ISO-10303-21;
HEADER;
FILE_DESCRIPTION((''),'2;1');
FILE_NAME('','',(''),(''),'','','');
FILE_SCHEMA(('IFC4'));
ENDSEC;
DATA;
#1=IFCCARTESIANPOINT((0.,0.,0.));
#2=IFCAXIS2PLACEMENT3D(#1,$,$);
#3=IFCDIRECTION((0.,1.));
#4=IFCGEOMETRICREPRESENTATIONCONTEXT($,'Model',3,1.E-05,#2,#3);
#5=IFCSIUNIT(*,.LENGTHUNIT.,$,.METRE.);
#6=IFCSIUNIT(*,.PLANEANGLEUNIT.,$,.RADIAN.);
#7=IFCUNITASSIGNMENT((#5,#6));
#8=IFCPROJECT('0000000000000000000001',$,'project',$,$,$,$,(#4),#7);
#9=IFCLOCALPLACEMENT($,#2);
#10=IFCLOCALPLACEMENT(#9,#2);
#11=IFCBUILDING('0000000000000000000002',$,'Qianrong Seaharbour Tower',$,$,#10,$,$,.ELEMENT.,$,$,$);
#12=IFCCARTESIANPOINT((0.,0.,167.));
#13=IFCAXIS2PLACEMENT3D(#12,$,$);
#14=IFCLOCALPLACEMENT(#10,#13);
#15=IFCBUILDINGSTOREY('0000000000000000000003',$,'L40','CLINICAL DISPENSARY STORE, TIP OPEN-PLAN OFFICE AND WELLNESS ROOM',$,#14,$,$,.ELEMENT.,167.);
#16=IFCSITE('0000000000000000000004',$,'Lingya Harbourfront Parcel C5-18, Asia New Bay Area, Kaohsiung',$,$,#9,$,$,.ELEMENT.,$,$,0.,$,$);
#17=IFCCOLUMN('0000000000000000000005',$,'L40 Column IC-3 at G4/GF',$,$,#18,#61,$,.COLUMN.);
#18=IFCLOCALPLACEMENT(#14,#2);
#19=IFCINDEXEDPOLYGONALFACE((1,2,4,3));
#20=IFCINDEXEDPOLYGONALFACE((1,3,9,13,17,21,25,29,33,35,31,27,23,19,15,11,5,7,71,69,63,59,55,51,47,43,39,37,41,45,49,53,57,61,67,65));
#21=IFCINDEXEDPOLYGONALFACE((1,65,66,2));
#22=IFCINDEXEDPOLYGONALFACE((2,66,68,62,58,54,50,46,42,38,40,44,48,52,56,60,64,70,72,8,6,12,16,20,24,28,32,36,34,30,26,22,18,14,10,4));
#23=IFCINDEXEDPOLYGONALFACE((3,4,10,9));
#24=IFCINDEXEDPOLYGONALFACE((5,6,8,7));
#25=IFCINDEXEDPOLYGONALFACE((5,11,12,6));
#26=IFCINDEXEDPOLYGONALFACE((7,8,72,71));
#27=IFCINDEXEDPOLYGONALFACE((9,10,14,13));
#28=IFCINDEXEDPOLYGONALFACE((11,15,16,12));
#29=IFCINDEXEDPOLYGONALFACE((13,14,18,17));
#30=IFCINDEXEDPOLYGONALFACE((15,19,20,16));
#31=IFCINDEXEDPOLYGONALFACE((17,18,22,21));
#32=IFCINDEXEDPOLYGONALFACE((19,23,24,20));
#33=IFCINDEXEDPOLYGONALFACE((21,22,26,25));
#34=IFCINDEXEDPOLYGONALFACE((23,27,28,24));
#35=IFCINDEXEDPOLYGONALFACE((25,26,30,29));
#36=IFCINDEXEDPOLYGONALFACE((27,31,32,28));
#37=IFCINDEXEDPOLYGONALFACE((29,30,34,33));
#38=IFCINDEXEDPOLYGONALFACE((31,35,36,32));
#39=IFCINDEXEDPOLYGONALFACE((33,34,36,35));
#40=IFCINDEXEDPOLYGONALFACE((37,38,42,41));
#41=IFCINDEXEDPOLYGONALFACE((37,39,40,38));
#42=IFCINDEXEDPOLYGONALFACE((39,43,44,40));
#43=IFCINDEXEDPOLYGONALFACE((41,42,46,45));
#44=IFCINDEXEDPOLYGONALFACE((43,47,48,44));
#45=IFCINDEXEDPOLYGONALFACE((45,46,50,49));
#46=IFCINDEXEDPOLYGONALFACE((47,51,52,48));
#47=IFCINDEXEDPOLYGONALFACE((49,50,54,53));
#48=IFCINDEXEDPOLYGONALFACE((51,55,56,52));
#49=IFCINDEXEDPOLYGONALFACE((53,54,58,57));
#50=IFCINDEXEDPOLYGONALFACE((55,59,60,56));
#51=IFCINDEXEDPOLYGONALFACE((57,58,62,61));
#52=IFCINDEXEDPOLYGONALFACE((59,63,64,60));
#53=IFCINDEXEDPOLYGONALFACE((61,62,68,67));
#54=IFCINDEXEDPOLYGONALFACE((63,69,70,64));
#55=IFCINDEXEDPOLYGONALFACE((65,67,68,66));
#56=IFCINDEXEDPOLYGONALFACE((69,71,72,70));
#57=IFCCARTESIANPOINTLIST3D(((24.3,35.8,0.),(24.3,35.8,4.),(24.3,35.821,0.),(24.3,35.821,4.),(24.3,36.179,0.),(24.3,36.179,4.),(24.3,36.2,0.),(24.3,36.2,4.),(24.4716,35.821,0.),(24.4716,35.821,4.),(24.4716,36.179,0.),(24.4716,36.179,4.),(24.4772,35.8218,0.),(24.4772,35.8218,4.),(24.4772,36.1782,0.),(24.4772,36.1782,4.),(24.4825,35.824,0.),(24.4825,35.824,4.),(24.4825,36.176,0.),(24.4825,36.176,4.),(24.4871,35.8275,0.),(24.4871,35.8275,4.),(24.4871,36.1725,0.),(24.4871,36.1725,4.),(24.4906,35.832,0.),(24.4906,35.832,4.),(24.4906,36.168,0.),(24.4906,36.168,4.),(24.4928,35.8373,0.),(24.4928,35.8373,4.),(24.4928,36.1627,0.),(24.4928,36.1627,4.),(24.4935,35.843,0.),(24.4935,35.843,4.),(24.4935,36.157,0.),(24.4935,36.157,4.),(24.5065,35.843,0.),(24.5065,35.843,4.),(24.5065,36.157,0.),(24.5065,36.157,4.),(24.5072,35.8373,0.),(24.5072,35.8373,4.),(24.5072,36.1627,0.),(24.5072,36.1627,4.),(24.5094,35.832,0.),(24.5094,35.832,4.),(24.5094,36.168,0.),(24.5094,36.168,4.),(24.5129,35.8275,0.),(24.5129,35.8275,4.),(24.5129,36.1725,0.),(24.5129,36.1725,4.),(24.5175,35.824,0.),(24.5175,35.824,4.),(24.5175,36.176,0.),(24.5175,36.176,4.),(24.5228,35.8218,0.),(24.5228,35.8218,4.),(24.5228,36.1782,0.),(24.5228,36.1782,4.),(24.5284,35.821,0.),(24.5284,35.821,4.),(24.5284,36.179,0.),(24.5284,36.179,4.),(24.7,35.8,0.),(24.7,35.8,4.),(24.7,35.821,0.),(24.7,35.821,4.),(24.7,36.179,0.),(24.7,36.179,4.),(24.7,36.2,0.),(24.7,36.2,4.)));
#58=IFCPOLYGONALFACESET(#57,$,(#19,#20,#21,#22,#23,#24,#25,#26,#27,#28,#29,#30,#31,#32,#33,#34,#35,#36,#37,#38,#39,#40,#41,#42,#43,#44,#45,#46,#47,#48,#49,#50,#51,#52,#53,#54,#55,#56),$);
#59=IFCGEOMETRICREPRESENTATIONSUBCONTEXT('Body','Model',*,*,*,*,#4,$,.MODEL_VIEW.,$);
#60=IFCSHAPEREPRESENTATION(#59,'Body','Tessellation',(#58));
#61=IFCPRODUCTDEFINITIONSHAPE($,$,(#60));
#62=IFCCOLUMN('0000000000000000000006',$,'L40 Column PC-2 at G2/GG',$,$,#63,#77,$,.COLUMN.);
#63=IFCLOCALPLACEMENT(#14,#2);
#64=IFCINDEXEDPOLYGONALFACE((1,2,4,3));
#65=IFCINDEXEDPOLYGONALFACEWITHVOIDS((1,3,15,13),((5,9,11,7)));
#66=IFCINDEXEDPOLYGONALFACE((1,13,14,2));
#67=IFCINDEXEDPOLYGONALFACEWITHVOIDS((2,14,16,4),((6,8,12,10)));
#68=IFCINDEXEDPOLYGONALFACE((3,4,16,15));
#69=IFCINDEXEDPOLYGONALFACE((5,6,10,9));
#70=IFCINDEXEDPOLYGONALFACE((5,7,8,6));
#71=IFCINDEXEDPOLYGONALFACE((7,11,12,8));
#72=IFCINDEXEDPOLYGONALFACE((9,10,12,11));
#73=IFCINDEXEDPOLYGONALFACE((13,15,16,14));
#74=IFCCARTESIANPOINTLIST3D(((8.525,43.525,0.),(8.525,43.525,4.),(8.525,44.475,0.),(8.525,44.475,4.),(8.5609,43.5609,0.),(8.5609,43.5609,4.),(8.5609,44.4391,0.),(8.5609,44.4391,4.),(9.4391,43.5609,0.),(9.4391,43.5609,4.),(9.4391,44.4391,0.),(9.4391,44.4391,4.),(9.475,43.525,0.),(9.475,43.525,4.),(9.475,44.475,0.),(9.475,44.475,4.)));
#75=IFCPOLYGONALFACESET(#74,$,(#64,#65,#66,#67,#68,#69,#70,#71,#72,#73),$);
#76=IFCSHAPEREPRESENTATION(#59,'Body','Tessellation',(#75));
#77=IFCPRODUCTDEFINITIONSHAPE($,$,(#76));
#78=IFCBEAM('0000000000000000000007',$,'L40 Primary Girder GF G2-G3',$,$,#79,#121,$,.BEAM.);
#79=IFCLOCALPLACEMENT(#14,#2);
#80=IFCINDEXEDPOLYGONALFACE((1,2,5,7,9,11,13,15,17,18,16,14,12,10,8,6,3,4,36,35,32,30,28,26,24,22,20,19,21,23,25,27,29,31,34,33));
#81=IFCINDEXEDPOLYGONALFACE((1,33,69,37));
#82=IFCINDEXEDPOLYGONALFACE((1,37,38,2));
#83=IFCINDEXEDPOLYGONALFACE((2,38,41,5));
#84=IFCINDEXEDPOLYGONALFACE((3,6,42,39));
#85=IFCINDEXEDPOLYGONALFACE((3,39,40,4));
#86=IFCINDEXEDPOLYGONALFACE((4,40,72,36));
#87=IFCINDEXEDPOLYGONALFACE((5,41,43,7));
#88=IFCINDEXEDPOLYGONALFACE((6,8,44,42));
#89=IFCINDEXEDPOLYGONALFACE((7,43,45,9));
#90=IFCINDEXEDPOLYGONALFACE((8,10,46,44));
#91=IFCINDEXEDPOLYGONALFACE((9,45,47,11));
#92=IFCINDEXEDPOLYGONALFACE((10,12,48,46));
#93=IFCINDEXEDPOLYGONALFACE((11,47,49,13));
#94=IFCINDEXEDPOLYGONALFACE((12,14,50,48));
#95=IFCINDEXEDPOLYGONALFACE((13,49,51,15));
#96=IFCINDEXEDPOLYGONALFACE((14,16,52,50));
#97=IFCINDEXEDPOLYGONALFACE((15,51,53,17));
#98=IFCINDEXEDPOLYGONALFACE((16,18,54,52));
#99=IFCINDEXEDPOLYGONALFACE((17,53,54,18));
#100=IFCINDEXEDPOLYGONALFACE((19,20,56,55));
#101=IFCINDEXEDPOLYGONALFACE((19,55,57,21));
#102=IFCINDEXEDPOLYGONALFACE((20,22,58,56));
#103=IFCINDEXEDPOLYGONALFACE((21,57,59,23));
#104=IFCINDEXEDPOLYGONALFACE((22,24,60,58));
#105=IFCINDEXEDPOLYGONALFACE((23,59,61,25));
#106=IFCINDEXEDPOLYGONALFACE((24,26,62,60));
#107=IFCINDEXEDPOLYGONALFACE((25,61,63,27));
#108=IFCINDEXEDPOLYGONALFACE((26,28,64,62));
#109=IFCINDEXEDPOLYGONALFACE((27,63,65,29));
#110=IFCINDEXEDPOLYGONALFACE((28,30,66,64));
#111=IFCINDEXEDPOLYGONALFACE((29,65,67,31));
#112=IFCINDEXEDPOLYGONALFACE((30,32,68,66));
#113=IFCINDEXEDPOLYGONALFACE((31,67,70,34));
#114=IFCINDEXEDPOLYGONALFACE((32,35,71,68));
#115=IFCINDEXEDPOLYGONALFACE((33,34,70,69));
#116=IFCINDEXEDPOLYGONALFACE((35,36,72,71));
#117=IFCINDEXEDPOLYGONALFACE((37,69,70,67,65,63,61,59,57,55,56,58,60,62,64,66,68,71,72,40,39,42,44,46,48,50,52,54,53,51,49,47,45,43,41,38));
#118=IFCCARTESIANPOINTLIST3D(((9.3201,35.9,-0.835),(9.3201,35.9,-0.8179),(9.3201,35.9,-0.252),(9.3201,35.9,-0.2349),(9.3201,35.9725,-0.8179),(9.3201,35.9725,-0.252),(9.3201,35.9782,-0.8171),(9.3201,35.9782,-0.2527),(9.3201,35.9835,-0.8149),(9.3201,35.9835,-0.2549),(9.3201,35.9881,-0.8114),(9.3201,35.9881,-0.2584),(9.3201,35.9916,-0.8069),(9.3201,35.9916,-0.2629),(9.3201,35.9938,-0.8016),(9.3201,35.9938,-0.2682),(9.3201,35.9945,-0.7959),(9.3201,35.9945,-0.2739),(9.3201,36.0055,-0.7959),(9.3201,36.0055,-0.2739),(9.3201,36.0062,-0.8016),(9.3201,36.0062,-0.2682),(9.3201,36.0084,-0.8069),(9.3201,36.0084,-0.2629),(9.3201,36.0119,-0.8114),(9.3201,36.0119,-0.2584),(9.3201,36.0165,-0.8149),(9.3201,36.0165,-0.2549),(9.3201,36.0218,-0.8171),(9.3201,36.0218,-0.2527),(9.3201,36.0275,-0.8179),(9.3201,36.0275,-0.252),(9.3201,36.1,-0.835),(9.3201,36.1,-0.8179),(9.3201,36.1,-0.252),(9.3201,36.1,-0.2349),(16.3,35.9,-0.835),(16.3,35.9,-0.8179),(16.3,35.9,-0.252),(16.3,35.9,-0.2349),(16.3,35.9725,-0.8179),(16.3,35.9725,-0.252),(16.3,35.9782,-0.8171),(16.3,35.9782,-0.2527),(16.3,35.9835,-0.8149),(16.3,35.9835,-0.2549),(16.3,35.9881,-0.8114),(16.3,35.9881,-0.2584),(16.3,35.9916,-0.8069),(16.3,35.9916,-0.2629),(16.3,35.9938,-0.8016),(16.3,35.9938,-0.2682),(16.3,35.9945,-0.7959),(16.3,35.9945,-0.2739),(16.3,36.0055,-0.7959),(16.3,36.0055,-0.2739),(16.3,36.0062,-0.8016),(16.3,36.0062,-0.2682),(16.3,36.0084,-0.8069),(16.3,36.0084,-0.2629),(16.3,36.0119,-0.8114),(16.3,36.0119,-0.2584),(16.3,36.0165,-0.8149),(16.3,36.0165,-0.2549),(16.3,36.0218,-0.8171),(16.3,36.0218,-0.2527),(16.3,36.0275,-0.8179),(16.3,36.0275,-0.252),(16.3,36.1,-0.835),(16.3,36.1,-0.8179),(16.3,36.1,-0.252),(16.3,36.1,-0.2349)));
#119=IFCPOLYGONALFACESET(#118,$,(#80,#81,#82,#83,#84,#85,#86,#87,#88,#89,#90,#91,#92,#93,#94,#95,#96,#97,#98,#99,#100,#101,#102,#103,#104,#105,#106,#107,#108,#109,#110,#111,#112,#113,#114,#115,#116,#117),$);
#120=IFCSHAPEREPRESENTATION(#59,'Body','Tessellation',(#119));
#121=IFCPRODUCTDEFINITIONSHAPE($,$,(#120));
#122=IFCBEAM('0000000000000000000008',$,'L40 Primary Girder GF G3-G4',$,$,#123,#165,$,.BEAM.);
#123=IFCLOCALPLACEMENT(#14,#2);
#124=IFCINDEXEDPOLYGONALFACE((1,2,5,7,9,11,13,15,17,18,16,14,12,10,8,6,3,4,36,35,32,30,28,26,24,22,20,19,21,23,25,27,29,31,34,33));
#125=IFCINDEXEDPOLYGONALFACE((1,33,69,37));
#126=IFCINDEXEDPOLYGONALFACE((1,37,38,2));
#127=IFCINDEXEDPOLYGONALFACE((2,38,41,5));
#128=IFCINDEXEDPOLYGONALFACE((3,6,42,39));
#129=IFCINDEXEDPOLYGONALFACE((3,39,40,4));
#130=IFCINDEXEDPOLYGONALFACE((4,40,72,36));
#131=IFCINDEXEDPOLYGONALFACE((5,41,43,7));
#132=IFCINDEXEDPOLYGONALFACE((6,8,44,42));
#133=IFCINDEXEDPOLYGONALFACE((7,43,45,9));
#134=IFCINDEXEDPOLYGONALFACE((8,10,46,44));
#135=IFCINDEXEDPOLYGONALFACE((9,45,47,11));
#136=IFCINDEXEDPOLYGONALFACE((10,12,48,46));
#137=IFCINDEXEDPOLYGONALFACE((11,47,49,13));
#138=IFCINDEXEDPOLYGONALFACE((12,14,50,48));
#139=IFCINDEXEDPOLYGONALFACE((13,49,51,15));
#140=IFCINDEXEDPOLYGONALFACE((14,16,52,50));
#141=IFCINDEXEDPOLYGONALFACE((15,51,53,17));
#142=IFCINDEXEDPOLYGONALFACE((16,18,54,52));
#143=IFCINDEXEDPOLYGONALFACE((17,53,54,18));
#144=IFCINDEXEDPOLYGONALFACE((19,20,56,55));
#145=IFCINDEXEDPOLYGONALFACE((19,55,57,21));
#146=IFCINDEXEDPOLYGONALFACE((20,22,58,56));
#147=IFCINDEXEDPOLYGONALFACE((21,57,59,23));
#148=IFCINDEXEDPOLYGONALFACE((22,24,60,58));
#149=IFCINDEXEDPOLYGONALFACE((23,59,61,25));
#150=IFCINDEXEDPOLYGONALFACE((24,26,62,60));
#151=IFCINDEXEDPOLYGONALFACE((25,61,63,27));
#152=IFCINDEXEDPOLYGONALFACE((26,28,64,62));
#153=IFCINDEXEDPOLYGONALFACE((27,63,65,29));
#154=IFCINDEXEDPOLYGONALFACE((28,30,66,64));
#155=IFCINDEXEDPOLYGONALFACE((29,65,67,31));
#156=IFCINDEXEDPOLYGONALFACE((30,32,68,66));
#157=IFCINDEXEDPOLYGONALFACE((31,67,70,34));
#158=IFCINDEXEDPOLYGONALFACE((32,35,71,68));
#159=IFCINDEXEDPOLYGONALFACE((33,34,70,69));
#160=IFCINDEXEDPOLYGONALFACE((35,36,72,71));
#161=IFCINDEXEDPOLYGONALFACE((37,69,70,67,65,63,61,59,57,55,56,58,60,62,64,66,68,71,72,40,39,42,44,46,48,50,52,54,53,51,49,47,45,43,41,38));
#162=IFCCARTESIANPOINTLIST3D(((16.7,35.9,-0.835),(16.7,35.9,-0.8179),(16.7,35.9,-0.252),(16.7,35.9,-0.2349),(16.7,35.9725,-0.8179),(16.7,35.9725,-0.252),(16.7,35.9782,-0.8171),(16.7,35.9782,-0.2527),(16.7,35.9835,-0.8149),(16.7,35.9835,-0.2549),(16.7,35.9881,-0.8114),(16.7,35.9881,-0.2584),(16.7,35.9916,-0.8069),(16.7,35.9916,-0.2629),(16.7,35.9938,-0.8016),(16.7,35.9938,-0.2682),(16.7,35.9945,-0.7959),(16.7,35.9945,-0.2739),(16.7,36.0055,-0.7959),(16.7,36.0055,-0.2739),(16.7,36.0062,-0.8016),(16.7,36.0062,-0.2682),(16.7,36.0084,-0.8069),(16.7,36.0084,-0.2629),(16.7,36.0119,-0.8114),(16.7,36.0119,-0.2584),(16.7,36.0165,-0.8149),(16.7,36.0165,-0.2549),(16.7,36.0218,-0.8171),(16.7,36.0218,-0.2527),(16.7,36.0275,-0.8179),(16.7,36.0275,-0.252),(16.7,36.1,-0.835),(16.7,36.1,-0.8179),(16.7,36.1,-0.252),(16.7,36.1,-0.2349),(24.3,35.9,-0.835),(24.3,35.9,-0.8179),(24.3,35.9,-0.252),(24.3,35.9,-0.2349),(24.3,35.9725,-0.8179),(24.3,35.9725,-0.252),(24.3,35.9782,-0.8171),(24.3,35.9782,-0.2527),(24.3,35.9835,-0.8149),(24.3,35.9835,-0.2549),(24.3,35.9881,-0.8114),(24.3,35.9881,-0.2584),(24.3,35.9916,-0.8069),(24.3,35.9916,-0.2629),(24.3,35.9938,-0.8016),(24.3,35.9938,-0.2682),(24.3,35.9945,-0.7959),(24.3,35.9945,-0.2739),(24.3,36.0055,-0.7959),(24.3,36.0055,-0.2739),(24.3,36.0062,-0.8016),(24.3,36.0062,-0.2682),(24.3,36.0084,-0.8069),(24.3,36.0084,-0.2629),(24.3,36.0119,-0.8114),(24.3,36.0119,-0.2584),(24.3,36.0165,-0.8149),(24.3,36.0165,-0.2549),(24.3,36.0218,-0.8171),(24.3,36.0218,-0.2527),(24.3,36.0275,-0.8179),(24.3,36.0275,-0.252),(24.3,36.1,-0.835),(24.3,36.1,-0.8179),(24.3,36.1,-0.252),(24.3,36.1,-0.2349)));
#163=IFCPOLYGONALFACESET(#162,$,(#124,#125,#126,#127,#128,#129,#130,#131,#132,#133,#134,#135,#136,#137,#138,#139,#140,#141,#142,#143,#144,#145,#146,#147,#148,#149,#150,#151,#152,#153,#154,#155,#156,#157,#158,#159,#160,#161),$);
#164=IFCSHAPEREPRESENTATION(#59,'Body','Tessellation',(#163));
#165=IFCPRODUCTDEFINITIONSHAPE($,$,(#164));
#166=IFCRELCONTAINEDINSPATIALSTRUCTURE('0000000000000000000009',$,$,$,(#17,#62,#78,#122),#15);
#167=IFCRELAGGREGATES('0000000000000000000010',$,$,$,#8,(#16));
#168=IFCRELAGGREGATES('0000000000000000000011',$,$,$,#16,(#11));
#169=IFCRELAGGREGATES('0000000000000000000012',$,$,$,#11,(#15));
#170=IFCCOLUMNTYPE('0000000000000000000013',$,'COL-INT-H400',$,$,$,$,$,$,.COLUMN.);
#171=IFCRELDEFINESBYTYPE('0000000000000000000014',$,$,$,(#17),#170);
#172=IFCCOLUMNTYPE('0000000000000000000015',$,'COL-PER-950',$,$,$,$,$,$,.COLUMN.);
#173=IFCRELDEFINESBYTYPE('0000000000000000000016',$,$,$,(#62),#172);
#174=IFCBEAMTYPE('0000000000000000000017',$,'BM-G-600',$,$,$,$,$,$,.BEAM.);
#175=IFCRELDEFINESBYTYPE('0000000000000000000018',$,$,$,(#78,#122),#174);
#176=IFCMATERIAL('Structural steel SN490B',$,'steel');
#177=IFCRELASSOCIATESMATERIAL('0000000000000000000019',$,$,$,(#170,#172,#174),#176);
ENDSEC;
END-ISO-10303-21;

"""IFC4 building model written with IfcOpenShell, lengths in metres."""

from ifc_helpers import new_model, si_unit, direction, frame, origin, origin_2d, place, context, subcontext, project, spatial, hollow_rectangle, i_section, extrude, material, material_profile, profile_set, type_object, element, save


model = new_model("IFC4")

# Units and contexts
model_context = context("Model", 3, precision=1e-05, world=origin(), true_north=direction((0.0, 1.0)))
body_context = subcontext(model_context, "Body", "Model", "MODEL_VIEW")
ifc_project = project(units=[si_unit("LENGTHUNIT", "METRE"), si_unit("PLANEANGLEUNIT", "RADIAN")], contexts=[model_context])

# Site, building, storey
site_placement = place(None, origin())
site = spatial("IfcSite", under=ifc_project, at=site_placement, Name="Lingya Harbourfront Parcel C5-18, Asia New Bay Area, Kaohsiung", CompositionType="ELEMENT", RefElevation=0.0)
building_placement = place(site_placement, origin())
building = spatial("IfcBuilding", under=site, at=building_placement, Name="Qianrong Seaharbour Tower", CompositionType="ELEMENT")
storey_placement = place(building_placement, frame((0.0, 0.0, 167.0)))
storey = spatial("IfcBuildingStorey", under=building, at=storey_placement, Name="L40", Description="CLINICAL DISPENSARY STORE, TIP OPEN-PLAN OFFICE AND WELLNESS ROOM", CompositionType="ELEMENT", Elevation=167.0)

# Columns
ifc_material_1 = material(Name="Structural steel SN490B", Category="steel")
ifc_material_profile_1 = material_profile(ifc_material_1, i_section(OverallWidth=0.3999, OverallDepth=0.3999, WebThickness=0.0129, FlangeThickness=0.021, FilletRadius=0.022, at=origin_2d()), Name="H400x400x13x21")
ifc_profile_set_1 = profile_set([ifc_material_profile_1], Name="Structural steel SN490B")
column_type_1 = type_object("IfcColumnType", Name="COL-INT-H400", PredefinedType="COLUMN", material=ifc_profile_set_1)
for number, where, z_axis, x_axis, name in (
    (1, (24.5, 36.0, 0.0), (0.0, 0.0, 1.0), (1.0, 0.0, 0.0), "L40 Column IC-3 at G4/GF"),
):
    element("IfcColumn", number, at=place(storey_placement, frame(where, z_axis=z_axis, x_axis=x_axis)), inside=storey, type_object=column_type_1, Name=name, PredefinedType="COLUMN", context=body_context, shape_type="SweptSolid", body=[
        extrude(i_section(OverallWidth=0.3999, OverallDepth=0.3999, WebThickness=0.0129, FlangeThickness=0.021, FilletRadius=0.022, at=origin_2d()), origin(), (0.0, 0.0, 1.0), 4.0),
    ])
ifc_material_profile_2 = material_profile(ifc_material_1, hollow_rectangle(XDim=0.95, YDim=0.95, WallThickness=0.0359, at=origin_2d()), Name="BOX950x950x36")
ifc_profile_set_2 = profile_set([ifc_material_profile_2], Name="Structural steel SN490B")
column_type_2 = type_object("IfcColumnType", Name="COL-PER-950", PredefinedType="COLUMN", material=ifc_profile_set_2)
column_1_placement = place(storey_placement, frame((9.0, 44.0, 0.0), z_axis=(0.0, 0.0, 1.0), x_axis=(1.0, 0.0, 0.0)))
element("IfcColumn", 2, at=column_1_placement, inside=storey, type_object=column_type_2, Name="L40 Column PC-2 at G2/GG", PredefinedType="COLUMN", context=body_context, shape_type="SweptSolid", body=[
    extrude(hollow_rectangle(XDim=0.95, YDim=0.95, WallThickness=0.0359, at=origin_2d()), origin(), (0.0, 0.0, 1.0), 4.0),
])

# Beams
ifc_material_profile_3 = material_profile(ifc_material_1, i_section(OverallWidth=0.2, OverallDepth=0.6001, WebThickness=0.011, FlangeThickness=0.0171, FilletRadius=0.022, at=origin_2d()), Name="H600x200x11x17")
ifc_profile_set_3 = profile_set([ifc_material_profile_3], Name="Structural steel SN490B")
beam_type_1 = type_object("IfcBeamType", Name="BM-G-600", PredefinedType="BEAM", material=ifc_profile_set_3)
beam_1_placement = place(storey_placement, frame((9.3201, 36.0, -0.5349), z_axis=(1.0, 0.0, 0.0), x_axis=(0.0, 1.0, 0.0)))
element("IfcBeam", 3, at=beam_1_placement, inside=storey, type_object=beam_type_1, Name="L40 Primary Girder GF G2-G3", PredefinedType="BEAM", context=body_context, shape_type="SweptSolid", body=[
    extrude(i_section(OverallWidth=0.2, OverallDepth=0.6001, WebThickness=0.011, FlangeThickness=0.0171, FilletRadius=0.022, at=origin_2d()), origin(), (0.0, 0.0, 1.0), 6.98),
])
beam_2_placement = place(storey_placement, frame((16.7, 36.0, -0.5349), z_axis=(1.0, 0.0, 0.0), x_axis=(0.0, 1.0, 0.0)))
element("IfcBeam", 4, at=beam_2_placement, inside=storey, type_object=beam_type_1, Name="L40 Primary Girder GF G3-G4", PredefinedType="BEAM", context=body_context, shape_type="SweptSolid", body=[
    extrude(i_section(OverallWidth=0.2, OverallDepth=0.6001, WebThickness=0.011, FlangeThickness=0.0171, FilletRadius=0.022, at=origin_2d()), origin(), (0.0, 0.0, 1.0), 7.6001),
])

save(model, "model.ifc")
